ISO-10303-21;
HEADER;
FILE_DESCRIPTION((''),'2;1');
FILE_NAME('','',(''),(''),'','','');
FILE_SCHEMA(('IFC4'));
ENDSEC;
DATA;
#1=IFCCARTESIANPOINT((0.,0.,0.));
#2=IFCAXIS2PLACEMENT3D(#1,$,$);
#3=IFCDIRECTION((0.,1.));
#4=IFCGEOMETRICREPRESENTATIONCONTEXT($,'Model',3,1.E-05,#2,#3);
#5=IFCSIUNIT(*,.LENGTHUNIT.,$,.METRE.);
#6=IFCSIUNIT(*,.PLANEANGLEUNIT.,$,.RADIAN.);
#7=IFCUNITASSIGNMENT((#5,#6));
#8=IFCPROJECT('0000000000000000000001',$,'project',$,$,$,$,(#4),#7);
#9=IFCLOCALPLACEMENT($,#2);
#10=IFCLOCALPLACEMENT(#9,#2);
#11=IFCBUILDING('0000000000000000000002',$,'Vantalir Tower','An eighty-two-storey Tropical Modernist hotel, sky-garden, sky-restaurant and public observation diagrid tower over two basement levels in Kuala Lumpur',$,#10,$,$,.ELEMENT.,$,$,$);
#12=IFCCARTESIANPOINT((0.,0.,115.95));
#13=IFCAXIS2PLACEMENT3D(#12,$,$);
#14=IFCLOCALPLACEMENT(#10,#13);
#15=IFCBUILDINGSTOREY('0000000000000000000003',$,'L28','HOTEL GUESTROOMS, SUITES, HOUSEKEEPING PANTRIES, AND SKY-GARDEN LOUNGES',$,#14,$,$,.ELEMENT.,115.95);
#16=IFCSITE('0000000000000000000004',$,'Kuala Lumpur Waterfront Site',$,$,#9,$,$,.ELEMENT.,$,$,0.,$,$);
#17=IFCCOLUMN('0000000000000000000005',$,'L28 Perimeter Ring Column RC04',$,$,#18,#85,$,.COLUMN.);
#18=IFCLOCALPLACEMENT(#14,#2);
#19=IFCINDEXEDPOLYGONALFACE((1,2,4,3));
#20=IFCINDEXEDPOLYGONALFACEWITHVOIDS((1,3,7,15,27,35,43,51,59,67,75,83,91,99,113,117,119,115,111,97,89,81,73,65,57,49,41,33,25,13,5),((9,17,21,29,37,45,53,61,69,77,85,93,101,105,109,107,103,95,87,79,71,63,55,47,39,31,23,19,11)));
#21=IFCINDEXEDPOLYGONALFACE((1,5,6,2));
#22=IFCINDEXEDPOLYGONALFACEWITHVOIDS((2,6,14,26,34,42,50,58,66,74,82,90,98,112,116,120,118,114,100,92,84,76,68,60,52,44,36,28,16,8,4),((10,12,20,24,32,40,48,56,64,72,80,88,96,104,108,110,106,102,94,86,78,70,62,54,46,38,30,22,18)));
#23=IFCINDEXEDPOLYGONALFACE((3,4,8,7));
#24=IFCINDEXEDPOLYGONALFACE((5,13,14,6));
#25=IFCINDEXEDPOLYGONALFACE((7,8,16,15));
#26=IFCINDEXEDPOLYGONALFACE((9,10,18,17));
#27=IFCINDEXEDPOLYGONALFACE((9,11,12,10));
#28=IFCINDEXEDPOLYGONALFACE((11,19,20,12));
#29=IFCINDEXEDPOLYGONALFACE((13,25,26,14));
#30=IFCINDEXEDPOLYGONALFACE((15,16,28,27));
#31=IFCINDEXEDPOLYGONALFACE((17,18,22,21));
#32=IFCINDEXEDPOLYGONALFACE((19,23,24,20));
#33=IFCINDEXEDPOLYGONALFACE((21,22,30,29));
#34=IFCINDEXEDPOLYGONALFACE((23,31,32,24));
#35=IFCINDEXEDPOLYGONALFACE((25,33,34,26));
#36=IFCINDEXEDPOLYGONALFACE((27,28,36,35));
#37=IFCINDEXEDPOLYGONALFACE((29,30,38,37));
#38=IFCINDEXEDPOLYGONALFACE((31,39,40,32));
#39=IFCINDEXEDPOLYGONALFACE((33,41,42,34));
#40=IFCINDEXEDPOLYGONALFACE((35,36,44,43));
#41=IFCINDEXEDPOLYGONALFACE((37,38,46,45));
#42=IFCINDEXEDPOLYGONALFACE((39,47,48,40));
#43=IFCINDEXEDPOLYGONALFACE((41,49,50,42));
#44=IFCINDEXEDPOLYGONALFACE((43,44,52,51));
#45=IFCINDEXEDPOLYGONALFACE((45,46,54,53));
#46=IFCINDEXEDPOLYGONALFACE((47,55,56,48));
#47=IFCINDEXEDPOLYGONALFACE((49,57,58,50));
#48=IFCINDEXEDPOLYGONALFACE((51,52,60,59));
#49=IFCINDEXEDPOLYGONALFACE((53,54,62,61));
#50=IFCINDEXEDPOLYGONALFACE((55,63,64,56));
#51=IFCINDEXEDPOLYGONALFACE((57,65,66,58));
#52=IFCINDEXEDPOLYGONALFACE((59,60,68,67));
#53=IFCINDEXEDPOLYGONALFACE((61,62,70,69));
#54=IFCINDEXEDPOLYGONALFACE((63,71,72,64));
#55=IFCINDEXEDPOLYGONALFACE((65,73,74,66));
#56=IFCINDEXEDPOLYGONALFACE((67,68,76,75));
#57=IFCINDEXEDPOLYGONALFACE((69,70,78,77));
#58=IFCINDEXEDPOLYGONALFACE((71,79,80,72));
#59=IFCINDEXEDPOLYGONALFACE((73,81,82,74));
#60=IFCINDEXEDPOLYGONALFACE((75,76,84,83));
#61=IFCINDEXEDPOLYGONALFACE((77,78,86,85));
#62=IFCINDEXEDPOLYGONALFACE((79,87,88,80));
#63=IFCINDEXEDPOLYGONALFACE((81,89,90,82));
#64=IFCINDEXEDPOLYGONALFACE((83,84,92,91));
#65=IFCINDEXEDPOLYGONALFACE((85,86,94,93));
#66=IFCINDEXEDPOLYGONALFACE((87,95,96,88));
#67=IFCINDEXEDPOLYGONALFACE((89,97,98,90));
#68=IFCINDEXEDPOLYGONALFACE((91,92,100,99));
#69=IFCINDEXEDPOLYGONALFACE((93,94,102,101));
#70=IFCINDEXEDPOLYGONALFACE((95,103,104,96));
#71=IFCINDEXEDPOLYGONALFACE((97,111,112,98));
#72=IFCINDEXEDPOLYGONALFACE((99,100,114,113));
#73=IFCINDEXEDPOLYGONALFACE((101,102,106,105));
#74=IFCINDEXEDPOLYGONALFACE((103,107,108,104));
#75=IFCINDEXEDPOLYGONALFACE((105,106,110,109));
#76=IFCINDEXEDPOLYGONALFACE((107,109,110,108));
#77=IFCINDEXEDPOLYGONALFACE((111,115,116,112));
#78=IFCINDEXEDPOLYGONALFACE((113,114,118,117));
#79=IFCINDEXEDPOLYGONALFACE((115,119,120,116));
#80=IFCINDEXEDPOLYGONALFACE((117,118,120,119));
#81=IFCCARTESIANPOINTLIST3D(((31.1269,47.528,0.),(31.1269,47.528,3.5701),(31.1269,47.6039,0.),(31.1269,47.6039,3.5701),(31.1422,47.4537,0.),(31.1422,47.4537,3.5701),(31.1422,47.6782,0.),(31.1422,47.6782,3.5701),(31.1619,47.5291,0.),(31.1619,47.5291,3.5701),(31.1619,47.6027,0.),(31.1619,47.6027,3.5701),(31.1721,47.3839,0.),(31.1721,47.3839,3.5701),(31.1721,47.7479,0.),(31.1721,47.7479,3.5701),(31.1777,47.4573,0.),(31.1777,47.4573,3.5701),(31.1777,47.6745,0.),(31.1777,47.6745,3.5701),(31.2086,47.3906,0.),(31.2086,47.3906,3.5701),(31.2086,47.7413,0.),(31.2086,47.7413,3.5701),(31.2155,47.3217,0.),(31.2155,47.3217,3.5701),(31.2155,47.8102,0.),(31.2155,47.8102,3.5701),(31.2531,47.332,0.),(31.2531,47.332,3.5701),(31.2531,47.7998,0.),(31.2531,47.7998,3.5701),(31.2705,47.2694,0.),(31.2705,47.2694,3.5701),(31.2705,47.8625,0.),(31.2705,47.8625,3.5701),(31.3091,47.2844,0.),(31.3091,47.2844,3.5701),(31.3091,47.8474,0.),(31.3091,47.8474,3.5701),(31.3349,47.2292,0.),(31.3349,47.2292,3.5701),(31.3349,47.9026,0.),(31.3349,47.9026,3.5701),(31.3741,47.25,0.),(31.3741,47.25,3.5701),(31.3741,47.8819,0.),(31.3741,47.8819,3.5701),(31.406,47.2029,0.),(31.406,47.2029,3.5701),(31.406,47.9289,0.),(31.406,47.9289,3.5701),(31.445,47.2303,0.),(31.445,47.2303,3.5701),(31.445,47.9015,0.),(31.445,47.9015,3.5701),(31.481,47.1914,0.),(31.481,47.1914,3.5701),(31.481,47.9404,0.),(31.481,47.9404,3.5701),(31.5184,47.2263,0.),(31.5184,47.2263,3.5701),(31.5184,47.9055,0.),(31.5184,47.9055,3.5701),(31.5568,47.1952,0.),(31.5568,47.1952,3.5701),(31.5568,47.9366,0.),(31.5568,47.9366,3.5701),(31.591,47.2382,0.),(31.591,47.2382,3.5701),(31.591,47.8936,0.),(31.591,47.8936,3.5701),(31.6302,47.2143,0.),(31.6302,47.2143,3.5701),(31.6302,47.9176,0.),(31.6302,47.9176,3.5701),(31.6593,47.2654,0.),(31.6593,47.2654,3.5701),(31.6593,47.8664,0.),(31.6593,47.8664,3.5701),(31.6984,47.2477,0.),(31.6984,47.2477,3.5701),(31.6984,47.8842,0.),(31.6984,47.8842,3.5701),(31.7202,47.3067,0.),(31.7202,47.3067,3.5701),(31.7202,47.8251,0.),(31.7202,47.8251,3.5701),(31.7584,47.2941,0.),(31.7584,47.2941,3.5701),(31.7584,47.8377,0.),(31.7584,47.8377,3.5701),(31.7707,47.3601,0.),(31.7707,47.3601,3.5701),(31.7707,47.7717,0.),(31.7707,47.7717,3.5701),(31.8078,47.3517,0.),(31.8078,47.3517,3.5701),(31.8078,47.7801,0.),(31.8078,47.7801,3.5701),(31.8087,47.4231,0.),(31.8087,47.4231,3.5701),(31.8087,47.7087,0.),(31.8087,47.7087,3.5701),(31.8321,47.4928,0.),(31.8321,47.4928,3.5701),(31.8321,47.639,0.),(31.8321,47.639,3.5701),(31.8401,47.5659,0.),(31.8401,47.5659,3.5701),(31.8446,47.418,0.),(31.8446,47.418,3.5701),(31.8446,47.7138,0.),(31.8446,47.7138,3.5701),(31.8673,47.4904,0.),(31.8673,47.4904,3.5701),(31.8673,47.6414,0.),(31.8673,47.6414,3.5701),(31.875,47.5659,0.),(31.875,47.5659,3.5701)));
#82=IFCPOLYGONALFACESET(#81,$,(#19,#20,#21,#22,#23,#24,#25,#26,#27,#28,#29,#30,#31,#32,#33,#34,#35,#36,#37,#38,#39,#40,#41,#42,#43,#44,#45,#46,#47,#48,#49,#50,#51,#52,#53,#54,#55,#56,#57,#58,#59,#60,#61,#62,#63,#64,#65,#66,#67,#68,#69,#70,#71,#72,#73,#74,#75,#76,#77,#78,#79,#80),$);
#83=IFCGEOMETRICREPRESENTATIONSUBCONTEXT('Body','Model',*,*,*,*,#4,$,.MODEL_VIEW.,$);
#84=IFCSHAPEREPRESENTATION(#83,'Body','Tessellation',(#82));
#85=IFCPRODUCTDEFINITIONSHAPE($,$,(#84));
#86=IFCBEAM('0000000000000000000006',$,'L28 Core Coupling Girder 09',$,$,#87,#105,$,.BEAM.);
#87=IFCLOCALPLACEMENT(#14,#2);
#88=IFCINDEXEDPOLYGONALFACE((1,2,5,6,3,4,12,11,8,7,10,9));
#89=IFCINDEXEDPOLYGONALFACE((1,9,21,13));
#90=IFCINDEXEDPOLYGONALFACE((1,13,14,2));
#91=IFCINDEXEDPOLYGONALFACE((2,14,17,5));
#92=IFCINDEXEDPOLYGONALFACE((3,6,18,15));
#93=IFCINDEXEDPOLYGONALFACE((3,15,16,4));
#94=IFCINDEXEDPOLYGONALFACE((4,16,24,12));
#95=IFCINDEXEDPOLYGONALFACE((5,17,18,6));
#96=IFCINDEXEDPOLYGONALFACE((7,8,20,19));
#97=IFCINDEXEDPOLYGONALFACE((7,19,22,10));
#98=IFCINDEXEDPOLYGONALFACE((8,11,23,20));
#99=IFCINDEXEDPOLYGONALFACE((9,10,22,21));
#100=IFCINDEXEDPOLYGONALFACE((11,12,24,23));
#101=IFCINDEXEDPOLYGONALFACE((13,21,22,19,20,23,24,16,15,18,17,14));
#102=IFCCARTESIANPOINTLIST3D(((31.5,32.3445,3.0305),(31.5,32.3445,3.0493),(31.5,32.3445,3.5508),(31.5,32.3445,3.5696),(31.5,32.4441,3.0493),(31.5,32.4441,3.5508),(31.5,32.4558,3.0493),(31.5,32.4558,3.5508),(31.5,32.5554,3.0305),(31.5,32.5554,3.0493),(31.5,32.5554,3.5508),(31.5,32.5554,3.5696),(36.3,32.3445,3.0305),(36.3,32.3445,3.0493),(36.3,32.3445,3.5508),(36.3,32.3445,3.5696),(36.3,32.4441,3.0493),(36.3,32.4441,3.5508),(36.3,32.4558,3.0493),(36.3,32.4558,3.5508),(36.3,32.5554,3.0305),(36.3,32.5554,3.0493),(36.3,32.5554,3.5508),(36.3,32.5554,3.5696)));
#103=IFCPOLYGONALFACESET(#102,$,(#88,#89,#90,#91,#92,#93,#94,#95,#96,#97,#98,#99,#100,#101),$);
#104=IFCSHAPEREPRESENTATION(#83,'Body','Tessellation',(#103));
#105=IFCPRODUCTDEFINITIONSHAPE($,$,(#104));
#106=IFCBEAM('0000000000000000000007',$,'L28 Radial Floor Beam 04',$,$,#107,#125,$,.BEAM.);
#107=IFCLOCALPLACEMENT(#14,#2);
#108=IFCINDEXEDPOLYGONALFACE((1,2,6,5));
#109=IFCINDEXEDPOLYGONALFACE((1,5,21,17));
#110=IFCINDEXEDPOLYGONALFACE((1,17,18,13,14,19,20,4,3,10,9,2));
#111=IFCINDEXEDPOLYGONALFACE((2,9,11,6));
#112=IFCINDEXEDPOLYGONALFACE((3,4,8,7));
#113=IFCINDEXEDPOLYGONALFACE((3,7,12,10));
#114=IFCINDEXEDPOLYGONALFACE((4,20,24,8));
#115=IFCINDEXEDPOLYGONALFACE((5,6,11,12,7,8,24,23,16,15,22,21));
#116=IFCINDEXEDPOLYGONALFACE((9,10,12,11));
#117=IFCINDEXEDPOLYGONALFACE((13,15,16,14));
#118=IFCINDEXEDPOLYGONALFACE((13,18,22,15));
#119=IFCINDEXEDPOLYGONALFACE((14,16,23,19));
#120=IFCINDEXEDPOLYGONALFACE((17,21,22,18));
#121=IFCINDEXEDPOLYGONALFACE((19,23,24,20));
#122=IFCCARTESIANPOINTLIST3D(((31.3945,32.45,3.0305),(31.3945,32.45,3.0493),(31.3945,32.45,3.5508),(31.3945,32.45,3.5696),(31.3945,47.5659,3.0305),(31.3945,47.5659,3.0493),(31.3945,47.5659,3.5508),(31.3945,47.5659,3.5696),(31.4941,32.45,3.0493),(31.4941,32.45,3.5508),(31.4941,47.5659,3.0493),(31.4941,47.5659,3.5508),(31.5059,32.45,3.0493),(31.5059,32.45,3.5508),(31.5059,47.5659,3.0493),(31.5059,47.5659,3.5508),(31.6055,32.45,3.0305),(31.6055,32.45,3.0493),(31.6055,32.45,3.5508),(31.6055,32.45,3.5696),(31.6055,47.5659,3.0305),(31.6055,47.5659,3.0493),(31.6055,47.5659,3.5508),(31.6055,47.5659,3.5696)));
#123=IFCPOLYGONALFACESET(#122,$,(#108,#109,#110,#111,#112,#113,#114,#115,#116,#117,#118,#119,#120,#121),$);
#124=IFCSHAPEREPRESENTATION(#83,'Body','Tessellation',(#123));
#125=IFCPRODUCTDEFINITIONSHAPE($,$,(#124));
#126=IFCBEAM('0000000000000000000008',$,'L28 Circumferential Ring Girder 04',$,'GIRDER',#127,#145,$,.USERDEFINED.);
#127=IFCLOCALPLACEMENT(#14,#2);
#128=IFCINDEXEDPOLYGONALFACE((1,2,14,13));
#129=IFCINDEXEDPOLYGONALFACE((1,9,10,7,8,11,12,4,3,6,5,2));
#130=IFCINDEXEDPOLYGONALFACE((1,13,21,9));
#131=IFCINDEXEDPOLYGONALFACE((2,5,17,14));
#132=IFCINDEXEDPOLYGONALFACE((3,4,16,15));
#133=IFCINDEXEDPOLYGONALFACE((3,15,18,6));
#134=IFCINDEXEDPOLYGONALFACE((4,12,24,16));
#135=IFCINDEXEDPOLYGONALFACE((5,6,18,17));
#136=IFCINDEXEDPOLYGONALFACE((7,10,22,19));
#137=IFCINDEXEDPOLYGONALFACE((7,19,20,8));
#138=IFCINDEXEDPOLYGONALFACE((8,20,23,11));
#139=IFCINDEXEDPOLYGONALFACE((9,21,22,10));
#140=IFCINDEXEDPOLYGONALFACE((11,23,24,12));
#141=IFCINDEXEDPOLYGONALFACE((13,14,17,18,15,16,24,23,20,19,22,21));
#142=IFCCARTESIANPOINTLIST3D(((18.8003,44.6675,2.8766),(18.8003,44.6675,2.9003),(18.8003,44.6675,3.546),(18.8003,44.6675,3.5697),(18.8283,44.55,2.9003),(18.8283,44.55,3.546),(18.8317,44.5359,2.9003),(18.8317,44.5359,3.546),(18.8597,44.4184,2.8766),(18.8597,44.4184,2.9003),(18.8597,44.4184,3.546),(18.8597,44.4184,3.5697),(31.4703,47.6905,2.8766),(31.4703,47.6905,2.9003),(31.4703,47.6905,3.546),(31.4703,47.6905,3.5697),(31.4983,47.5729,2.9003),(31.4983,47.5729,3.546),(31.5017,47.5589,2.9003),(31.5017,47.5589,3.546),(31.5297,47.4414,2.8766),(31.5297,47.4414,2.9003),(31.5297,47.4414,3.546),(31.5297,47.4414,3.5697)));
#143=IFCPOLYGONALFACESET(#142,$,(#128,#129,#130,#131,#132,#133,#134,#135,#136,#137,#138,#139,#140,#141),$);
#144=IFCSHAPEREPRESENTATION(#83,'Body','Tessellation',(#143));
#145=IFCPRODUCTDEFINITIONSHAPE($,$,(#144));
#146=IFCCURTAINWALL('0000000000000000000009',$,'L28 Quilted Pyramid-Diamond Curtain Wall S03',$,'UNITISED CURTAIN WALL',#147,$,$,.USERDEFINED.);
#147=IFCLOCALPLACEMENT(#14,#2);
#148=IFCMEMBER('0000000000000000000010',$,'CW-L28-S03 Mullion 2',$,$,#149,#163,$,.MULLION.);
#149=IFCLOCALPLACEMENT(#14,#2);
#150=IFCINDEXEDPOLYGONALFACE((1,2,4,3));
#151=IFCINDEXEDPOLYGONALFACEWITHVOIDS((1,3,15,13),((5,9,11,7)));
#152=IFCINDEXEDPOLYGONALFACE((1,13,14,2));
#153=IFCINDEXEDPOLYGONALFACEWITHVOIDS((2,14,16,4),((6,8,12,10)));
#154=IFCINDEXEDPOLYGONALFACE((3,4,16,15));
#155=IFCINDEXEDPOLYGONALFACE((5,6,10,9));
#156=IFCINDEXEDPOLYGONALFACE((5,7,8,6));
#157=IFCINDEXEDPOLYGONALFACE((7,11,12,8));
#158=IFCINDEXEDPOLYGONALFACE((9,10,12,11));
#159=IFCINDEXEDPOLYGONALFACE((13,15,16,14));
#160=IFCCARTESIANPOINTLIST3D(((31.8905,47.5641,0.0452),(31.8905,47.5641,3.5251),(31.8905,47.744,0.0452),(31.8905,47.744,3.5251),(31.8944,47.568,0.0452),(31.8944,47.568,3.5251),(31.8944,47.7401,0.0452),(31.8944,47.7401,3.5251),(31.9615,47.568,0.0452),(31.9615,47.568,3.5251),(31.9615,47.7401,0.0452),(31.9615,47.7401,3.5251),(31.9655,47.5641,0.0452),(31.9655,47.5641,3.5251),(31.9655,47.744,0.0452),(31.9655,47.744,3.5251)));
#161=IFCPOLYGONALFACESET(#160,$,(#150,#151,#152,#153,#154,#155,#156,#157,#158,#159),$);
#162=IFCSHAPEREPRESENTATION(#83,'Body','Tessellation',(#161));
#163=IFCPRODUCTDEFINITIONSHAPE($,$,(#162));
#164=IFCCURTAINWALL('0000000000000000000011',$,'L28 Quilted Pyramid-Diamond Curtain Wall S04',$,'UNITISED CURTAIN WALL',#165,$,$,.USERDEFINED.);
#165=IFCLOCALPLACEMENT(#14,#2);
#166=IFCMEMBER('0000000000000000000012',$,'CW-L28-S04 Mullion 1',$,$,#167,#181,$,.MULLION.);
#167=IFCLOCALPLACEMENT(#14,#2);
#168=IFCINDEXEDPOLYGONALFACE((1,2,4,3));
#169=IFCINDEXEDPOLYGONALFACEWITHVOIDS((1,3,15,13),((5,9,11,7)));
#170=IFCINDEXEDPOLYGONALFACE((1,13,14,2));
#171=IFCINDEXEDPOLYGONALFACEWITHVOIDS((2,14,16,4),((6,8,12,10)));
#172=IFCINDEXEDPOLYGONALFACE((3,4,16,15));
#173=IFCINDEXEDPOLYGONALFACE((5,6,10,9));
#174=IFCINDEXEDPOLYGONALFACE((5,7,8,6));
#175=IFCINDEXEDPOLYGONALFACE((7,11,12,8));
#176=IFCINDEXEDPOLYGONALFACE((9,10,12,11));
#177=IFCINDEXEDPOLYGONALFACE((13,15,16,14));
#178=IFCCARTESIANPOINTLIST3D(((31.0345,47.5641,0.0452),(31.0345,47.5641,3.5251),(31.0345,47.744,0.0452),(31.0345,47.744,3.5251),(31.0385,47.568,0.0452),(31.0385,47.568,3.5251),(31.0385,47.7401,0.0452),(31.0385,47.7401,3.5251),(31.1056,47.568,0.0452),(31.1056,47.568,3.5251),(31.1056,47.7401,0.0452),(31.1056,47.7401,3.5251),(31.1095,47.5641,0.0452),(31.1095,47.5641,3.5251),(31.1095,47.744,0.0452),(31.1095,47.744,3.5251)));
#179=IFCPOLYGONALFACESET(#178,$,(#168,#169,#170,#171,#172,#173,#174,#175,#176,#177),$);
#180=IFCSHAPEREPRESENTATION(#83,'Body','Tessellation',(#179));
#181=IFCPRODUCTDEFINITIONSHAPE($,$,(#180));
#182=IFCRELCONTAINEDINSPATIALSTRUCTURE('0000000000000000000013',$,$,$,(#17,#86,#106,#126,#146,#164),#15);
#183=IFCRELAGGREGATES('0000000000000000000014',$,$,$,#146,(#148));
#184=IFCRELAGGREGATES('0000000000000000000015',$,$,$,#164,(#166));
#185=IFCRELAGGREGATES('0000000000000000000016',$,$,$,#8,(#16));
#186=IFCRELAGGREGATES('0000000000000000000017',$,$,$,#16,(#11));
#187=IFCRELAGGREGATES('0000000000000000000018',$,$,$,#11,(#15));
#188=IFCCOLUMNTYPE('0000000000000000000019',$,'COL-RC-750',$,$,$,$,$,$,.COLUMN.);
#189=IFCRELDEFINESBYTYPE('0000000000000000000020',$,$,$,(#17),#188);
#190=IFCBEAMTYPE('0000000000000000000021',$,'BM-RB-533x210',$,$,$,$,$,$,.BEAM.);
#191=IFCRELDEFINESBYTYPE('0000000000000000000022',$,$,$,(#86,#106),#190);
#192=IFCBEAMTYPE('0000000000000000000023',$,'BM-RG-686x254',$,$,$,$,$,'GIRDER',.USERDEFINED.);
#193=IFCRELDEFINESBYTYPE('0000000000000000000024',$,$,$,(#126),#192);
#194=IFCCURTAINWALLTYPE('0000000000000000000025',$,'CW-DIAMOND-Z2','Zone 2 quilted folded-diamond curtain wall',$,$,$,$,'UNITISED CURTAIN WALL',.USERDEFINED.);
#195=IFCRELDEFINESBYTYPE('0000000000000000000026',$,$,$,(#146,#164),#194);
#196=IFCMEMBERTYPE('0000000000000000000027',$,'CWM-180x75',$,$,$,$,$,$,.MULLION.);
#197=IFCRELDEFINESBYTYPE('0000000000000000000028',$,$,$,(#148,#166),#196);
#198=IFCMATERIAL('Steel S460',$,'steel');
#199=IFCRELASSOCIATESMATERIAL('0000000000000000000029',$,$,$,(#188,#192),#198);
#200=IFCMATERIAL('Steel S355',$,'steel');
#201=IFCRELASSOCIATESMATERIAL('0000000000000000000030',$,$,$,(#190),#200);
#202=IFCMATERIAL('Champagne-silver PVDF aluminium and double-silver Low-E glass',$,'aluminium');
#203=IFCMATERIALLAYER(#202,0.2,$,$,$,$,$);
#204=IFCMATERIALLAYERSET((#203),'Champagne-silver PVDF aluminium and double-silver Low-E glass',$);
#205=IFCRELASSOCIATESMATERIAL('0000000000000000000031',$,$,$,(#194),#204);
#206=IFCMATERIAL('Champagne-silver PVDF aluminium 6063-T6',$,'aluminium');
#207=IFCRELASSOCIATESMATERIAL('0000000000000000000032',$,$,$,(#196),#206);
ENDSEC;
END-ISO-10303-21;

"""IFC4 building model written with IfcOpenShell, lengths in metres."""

from ifc_helpers import new_model, si_unit, direction, frame, origin, origin_2d, place, context, subcontext, project, spatial, hollow_rectangle, hollow_circle, i_section, extrude, material, layer, layer_set, material_profile, profile_set, type_object, element, aggregate, save


model = new_model("IFC4")

# Units and contexts
model_context = context("Model", 3, precision=1e-05, world=origin(), true_north=direction((0.0, 1.0)))
body_context = subcontext(model_context, "Body", "Model", "MODEL_VIEW")
ifc_project = project(units=[si_unit("LENGTHUNIT", "METRE"), si_unit("PLANEANGLEUNIT", "RADIAN")], contexts=[model_context])

# Site, building, storey
site_placement = place(None, origin())
site = spatial("IfcSite", under=ifc_project, at=site_placement, Name="Kuala Lumpur Waterfront Site", CompositionType="ELEMENT", RefElevation=0.0)
building_placement = place(site_placement, origin())
building = spatial("IfcBuilding", under=site, at=building_placement, Name="Vantalir Tower", Description="An eighty-two-storey Tropical Modernist hotel, sky-garden, sky-restaurant and public observation diagrid tower over two basement levels in Kuala Lumpur", CompositionType="ELEMENT")
storey_placement = place(building_placement, frame((0.0, 0.0, 115.95)))
storey = spatial("IfcBuildingStorey", under=building, at=storey_placement, Name="L28", Description="HOTEL GUESTROOMS, SUITES, HOUSEKEEPING PANTRIES, AND SKY-GARDEN LOUNGES", CompositionType="ELEMENT", Elevation=115.95)

# Column
ifc_material_1 = material(Name="Steel S460", Category="steel")
ifc_material_profile_1 = material_profile(ifc_material_1, hollow_circle(Radius=0.375, WallThickness=0.0349, at=origin_2d()), Name="Steel S460")
ifc_profile_set_1 = profile_set([ifc_material_profile_1], Name="Steel S460")
column_type = type_object("IfcColumnType", Name="COL-RC-750", PredefinedType="COLUMN", material=ifc_profile_set_1)
column_placement = place(storey_placement, frame((31.5, 47.5659, 0.0), z_axis=(0.0, 0.0, 1.0), x_axis=(1.0, 0.0, 0.0)))
element("IfcColumn", 1, at=column_placement, inside=storey, type_object=column_type, Name="L28 Perimeter Ring Column RC04", PredefinedType="COLUMN", context=body_context, shape_type="SweptSolid", body=[
    extrude(hollow_circle(Radius=0.375, WallThickness=0.0349, at=origin_2d()), origin(), (0.0, 0.0, 1.0), 3.5701),
])

# Beams
ifc_material_2 = material(Name="Steel S355", Category="steel")
ifc_material_profile_2 = material_profile(ifc_material_2, i_section(OverallWidth=0.2109, OverallDepth=0.5391, WebThickness=0.0117, FlangeThickness=0.0188, at=origin_2d()), Name="Steel S355")
ifc_profile_set_2 = profile_set([ifc_material_profile_2], Name="Steel S355")
beam_type_1 = type_object("IfcBeamType", Name="BM-RB-533x210", PredefinedType="BEAM", material=ifc_profile_set_2)
beam_1_placement = place(storey_placement, frame((36.3, 32.45, 3.3), z_axis=(-1.0, 0.0, 0.0), x_axis=(0.0, -1.0, 0.0)))
element("IfcBeam", 2, at=beam_1_placement, inside=storey, type_object=beam_type_1, Name="L28 Core Coupling Girder 09", PredefinedType="BEAM", context=body_context, shape_type="SweptSolid", body=[
    extrude(i_section(OverallWidth=0.2109, OverallDepth=0.5391, WebThickness=0.0117, FlangeThickness=0.0188, at=origin_2d()), origin(), (0.0, 0.0, 1.0), 4.8),
])
beam_2_placement = place(storey_placement, frame((31.5, 47.5659, 3.3), z_axis=(0.0, -1.0, 0.0), x_axis=(1.0, 0.0, 0.0)))
element("IfcBeam", 3, at=beam_2_placement, inside=storey, type_object=beam_type_1, Name="L28 Radial Floor Beam 04", PredefinedType="BEAM", context=body_context, shape_type="SweptSolid", body=[
    extrude(i_section(OverallWidth=0.2109, OverallDepth=0.5391, WebThickness=0.0117, FlangeThickness=0.0188, at=origin_2d()), origin(), (0.0, 0.0, 1.0), 15.116),
])
ifc_material_profile_3 = material_profile(ifc_material_1, i_section(OverallWidth=0.2561, OverallDepth=0.6931, WebThickness=0.0144, FlangeThickness=0.0237, at=origin_2d()), Name="Steel S460")
ifc_profile_set_3 = profile_set([ifc_material_profile_3], Name="Steel S460")
beam_type_2 = type_object("IfcBeamType", Name="BM-RG-686x254", ElementType="GIRDER", PredefinedType="USERDEFINED", material=ifc_profile_set_3)
beam_3_placement = place(storey_placement, frame((31.5, 47.5659, 3.2231), z_axis=(-0.972697, -0.232078, 0.0), x_axis=(0.232078, -0.972697, 0.0)))
element("IfcBeam", 4, at=beam_3_placement, inside=storey, type_object=beam_type_2, Name="L28 Circumferential Ring Girder 04", ObjectType="GIRDER", PredefinedType="USERDEFINED", context=body_context, shape_type="SweptSolid", body=[
    extrude(i_section(OverallWidth=0.2561, OverallDepth=0.6931, WebThickness=0.0144, FlangeThickness=0.0237, at=origin_2d()), origin(), (0.0, 0.0, 1.0), 13.0256),
])

# Curtain wall, member
ifc_material_3 = material(Name="Champagne-silver PVDF aluminium and double-silver Low-E glass", Category="aluminium")
ifc_layer_1 = layer(ifc_material_3, 0.2)
ifc_layer_set_1 = layer_set([ifc_layer_1], Name="Champagne-silver PVDF aluminium and double-silver Low-E glass")
curtain_wall_type = type_object("IfcCurtainWallType", Name="CW-DIAMOND-Z2", Description="Zone 2 quilted folded-diamond curtain wall", ElementType="UNITISED CURTAIN WALL", PredefinedType="USERDEFINED", material=ifc_layer_set_1)
curtain_wall_1_placement = place(storey_placement, origin())
curtain_wall_1 = element("IfcCurtainWall", 5, at=curtain_wall_1_placement, inside=storey, type_object=curtain_wall_type, Name="L28 Quilted Pyramid-Diamond Curtain Wall S03", ObjectType="UNITISED CURTAIN WALL", PredefinedType="USERDEFINED")
ifc_material_4 = material(Name="Champagne-silver PVDF aluminium 6063-T6", Category="aluminium")
ifc_material_profile_4 = material_profile(ifc_material_4, hollow_rectangle(XDim=0.075, YDim=0.1799, WallThickness=0.0039, at=origin_2d()), Name="Champagne-silver PVDF aluminium 6063-T6")
ifc_profile_set_4 = profile_set([ifc_material_profile_4], Name="Champagne-silver PVDF aluminium 6063-T6")
member_type_1 = type_object("IfcMemberType", Name="CWM-180x75", PredefinedType="MULLION", material=ifc_profile_set_4)
member_1_placement = place(storey_placement, frame((31.928, 47.6541, 0.0452), z_axis=(0.0, 0.0, 1.0), x_axis=(1.0, 0.0, 0.0)))
member_1 = element("IfcMember", 6, at=member_1_placement, type_object=member_type_1, Name="CW-L28-S03 Mullion 2", PredefinedType="MULLION", context=body_context, shape_type="SweptSolid", body=[
    extrude(hollow_rectangle(XDim=0.075, YDim=0.1799, WallThickness=0.0039, at=origin_2d()), origin(), (0.0, 0.0, 1.0), 3.48),
])

# Curtain wall, member
curtain_wall_2_placement = place(storey_placement, origin())
curtain_wall_2 = element("IfcCurtainWall", 7, at=curtain_wall_2_placement, inside=storey, type_object=curtain_wall_type, Name="L28 Quilted Pyramid-Diamond Curtain Wall S04", ObjectType="UNITISED CURTAIN WALL", PredefinedType="USERDEFINED")
member_2_placement = place(storey_placement, frame((31.072, 47.6541, 0.0452), z_axis=(0.0, 0.0, 1.0), x_axis=(1.0, 0.0, 0.0)))
member_2 = element("IfcMember", 8, at=member_2_placement, type_object=member_type_1, Name="CW-L28-S04 Mullion 1", PredefinedType="MULLION", context=body_context, shape_type="SweptSolid", body=[
    extrude(hollow_rectangle(XDim=0.075, YDim=0.1799, WallThickness=0.0039, at=origin_2d()), origin(), (0.0, 0.0, 1.0), 3.48),
])

aggregate(curtain_wall_1, [member_1])
aggregate(curtain_wall_2, [member_2])

save(model, "model.ifc")
